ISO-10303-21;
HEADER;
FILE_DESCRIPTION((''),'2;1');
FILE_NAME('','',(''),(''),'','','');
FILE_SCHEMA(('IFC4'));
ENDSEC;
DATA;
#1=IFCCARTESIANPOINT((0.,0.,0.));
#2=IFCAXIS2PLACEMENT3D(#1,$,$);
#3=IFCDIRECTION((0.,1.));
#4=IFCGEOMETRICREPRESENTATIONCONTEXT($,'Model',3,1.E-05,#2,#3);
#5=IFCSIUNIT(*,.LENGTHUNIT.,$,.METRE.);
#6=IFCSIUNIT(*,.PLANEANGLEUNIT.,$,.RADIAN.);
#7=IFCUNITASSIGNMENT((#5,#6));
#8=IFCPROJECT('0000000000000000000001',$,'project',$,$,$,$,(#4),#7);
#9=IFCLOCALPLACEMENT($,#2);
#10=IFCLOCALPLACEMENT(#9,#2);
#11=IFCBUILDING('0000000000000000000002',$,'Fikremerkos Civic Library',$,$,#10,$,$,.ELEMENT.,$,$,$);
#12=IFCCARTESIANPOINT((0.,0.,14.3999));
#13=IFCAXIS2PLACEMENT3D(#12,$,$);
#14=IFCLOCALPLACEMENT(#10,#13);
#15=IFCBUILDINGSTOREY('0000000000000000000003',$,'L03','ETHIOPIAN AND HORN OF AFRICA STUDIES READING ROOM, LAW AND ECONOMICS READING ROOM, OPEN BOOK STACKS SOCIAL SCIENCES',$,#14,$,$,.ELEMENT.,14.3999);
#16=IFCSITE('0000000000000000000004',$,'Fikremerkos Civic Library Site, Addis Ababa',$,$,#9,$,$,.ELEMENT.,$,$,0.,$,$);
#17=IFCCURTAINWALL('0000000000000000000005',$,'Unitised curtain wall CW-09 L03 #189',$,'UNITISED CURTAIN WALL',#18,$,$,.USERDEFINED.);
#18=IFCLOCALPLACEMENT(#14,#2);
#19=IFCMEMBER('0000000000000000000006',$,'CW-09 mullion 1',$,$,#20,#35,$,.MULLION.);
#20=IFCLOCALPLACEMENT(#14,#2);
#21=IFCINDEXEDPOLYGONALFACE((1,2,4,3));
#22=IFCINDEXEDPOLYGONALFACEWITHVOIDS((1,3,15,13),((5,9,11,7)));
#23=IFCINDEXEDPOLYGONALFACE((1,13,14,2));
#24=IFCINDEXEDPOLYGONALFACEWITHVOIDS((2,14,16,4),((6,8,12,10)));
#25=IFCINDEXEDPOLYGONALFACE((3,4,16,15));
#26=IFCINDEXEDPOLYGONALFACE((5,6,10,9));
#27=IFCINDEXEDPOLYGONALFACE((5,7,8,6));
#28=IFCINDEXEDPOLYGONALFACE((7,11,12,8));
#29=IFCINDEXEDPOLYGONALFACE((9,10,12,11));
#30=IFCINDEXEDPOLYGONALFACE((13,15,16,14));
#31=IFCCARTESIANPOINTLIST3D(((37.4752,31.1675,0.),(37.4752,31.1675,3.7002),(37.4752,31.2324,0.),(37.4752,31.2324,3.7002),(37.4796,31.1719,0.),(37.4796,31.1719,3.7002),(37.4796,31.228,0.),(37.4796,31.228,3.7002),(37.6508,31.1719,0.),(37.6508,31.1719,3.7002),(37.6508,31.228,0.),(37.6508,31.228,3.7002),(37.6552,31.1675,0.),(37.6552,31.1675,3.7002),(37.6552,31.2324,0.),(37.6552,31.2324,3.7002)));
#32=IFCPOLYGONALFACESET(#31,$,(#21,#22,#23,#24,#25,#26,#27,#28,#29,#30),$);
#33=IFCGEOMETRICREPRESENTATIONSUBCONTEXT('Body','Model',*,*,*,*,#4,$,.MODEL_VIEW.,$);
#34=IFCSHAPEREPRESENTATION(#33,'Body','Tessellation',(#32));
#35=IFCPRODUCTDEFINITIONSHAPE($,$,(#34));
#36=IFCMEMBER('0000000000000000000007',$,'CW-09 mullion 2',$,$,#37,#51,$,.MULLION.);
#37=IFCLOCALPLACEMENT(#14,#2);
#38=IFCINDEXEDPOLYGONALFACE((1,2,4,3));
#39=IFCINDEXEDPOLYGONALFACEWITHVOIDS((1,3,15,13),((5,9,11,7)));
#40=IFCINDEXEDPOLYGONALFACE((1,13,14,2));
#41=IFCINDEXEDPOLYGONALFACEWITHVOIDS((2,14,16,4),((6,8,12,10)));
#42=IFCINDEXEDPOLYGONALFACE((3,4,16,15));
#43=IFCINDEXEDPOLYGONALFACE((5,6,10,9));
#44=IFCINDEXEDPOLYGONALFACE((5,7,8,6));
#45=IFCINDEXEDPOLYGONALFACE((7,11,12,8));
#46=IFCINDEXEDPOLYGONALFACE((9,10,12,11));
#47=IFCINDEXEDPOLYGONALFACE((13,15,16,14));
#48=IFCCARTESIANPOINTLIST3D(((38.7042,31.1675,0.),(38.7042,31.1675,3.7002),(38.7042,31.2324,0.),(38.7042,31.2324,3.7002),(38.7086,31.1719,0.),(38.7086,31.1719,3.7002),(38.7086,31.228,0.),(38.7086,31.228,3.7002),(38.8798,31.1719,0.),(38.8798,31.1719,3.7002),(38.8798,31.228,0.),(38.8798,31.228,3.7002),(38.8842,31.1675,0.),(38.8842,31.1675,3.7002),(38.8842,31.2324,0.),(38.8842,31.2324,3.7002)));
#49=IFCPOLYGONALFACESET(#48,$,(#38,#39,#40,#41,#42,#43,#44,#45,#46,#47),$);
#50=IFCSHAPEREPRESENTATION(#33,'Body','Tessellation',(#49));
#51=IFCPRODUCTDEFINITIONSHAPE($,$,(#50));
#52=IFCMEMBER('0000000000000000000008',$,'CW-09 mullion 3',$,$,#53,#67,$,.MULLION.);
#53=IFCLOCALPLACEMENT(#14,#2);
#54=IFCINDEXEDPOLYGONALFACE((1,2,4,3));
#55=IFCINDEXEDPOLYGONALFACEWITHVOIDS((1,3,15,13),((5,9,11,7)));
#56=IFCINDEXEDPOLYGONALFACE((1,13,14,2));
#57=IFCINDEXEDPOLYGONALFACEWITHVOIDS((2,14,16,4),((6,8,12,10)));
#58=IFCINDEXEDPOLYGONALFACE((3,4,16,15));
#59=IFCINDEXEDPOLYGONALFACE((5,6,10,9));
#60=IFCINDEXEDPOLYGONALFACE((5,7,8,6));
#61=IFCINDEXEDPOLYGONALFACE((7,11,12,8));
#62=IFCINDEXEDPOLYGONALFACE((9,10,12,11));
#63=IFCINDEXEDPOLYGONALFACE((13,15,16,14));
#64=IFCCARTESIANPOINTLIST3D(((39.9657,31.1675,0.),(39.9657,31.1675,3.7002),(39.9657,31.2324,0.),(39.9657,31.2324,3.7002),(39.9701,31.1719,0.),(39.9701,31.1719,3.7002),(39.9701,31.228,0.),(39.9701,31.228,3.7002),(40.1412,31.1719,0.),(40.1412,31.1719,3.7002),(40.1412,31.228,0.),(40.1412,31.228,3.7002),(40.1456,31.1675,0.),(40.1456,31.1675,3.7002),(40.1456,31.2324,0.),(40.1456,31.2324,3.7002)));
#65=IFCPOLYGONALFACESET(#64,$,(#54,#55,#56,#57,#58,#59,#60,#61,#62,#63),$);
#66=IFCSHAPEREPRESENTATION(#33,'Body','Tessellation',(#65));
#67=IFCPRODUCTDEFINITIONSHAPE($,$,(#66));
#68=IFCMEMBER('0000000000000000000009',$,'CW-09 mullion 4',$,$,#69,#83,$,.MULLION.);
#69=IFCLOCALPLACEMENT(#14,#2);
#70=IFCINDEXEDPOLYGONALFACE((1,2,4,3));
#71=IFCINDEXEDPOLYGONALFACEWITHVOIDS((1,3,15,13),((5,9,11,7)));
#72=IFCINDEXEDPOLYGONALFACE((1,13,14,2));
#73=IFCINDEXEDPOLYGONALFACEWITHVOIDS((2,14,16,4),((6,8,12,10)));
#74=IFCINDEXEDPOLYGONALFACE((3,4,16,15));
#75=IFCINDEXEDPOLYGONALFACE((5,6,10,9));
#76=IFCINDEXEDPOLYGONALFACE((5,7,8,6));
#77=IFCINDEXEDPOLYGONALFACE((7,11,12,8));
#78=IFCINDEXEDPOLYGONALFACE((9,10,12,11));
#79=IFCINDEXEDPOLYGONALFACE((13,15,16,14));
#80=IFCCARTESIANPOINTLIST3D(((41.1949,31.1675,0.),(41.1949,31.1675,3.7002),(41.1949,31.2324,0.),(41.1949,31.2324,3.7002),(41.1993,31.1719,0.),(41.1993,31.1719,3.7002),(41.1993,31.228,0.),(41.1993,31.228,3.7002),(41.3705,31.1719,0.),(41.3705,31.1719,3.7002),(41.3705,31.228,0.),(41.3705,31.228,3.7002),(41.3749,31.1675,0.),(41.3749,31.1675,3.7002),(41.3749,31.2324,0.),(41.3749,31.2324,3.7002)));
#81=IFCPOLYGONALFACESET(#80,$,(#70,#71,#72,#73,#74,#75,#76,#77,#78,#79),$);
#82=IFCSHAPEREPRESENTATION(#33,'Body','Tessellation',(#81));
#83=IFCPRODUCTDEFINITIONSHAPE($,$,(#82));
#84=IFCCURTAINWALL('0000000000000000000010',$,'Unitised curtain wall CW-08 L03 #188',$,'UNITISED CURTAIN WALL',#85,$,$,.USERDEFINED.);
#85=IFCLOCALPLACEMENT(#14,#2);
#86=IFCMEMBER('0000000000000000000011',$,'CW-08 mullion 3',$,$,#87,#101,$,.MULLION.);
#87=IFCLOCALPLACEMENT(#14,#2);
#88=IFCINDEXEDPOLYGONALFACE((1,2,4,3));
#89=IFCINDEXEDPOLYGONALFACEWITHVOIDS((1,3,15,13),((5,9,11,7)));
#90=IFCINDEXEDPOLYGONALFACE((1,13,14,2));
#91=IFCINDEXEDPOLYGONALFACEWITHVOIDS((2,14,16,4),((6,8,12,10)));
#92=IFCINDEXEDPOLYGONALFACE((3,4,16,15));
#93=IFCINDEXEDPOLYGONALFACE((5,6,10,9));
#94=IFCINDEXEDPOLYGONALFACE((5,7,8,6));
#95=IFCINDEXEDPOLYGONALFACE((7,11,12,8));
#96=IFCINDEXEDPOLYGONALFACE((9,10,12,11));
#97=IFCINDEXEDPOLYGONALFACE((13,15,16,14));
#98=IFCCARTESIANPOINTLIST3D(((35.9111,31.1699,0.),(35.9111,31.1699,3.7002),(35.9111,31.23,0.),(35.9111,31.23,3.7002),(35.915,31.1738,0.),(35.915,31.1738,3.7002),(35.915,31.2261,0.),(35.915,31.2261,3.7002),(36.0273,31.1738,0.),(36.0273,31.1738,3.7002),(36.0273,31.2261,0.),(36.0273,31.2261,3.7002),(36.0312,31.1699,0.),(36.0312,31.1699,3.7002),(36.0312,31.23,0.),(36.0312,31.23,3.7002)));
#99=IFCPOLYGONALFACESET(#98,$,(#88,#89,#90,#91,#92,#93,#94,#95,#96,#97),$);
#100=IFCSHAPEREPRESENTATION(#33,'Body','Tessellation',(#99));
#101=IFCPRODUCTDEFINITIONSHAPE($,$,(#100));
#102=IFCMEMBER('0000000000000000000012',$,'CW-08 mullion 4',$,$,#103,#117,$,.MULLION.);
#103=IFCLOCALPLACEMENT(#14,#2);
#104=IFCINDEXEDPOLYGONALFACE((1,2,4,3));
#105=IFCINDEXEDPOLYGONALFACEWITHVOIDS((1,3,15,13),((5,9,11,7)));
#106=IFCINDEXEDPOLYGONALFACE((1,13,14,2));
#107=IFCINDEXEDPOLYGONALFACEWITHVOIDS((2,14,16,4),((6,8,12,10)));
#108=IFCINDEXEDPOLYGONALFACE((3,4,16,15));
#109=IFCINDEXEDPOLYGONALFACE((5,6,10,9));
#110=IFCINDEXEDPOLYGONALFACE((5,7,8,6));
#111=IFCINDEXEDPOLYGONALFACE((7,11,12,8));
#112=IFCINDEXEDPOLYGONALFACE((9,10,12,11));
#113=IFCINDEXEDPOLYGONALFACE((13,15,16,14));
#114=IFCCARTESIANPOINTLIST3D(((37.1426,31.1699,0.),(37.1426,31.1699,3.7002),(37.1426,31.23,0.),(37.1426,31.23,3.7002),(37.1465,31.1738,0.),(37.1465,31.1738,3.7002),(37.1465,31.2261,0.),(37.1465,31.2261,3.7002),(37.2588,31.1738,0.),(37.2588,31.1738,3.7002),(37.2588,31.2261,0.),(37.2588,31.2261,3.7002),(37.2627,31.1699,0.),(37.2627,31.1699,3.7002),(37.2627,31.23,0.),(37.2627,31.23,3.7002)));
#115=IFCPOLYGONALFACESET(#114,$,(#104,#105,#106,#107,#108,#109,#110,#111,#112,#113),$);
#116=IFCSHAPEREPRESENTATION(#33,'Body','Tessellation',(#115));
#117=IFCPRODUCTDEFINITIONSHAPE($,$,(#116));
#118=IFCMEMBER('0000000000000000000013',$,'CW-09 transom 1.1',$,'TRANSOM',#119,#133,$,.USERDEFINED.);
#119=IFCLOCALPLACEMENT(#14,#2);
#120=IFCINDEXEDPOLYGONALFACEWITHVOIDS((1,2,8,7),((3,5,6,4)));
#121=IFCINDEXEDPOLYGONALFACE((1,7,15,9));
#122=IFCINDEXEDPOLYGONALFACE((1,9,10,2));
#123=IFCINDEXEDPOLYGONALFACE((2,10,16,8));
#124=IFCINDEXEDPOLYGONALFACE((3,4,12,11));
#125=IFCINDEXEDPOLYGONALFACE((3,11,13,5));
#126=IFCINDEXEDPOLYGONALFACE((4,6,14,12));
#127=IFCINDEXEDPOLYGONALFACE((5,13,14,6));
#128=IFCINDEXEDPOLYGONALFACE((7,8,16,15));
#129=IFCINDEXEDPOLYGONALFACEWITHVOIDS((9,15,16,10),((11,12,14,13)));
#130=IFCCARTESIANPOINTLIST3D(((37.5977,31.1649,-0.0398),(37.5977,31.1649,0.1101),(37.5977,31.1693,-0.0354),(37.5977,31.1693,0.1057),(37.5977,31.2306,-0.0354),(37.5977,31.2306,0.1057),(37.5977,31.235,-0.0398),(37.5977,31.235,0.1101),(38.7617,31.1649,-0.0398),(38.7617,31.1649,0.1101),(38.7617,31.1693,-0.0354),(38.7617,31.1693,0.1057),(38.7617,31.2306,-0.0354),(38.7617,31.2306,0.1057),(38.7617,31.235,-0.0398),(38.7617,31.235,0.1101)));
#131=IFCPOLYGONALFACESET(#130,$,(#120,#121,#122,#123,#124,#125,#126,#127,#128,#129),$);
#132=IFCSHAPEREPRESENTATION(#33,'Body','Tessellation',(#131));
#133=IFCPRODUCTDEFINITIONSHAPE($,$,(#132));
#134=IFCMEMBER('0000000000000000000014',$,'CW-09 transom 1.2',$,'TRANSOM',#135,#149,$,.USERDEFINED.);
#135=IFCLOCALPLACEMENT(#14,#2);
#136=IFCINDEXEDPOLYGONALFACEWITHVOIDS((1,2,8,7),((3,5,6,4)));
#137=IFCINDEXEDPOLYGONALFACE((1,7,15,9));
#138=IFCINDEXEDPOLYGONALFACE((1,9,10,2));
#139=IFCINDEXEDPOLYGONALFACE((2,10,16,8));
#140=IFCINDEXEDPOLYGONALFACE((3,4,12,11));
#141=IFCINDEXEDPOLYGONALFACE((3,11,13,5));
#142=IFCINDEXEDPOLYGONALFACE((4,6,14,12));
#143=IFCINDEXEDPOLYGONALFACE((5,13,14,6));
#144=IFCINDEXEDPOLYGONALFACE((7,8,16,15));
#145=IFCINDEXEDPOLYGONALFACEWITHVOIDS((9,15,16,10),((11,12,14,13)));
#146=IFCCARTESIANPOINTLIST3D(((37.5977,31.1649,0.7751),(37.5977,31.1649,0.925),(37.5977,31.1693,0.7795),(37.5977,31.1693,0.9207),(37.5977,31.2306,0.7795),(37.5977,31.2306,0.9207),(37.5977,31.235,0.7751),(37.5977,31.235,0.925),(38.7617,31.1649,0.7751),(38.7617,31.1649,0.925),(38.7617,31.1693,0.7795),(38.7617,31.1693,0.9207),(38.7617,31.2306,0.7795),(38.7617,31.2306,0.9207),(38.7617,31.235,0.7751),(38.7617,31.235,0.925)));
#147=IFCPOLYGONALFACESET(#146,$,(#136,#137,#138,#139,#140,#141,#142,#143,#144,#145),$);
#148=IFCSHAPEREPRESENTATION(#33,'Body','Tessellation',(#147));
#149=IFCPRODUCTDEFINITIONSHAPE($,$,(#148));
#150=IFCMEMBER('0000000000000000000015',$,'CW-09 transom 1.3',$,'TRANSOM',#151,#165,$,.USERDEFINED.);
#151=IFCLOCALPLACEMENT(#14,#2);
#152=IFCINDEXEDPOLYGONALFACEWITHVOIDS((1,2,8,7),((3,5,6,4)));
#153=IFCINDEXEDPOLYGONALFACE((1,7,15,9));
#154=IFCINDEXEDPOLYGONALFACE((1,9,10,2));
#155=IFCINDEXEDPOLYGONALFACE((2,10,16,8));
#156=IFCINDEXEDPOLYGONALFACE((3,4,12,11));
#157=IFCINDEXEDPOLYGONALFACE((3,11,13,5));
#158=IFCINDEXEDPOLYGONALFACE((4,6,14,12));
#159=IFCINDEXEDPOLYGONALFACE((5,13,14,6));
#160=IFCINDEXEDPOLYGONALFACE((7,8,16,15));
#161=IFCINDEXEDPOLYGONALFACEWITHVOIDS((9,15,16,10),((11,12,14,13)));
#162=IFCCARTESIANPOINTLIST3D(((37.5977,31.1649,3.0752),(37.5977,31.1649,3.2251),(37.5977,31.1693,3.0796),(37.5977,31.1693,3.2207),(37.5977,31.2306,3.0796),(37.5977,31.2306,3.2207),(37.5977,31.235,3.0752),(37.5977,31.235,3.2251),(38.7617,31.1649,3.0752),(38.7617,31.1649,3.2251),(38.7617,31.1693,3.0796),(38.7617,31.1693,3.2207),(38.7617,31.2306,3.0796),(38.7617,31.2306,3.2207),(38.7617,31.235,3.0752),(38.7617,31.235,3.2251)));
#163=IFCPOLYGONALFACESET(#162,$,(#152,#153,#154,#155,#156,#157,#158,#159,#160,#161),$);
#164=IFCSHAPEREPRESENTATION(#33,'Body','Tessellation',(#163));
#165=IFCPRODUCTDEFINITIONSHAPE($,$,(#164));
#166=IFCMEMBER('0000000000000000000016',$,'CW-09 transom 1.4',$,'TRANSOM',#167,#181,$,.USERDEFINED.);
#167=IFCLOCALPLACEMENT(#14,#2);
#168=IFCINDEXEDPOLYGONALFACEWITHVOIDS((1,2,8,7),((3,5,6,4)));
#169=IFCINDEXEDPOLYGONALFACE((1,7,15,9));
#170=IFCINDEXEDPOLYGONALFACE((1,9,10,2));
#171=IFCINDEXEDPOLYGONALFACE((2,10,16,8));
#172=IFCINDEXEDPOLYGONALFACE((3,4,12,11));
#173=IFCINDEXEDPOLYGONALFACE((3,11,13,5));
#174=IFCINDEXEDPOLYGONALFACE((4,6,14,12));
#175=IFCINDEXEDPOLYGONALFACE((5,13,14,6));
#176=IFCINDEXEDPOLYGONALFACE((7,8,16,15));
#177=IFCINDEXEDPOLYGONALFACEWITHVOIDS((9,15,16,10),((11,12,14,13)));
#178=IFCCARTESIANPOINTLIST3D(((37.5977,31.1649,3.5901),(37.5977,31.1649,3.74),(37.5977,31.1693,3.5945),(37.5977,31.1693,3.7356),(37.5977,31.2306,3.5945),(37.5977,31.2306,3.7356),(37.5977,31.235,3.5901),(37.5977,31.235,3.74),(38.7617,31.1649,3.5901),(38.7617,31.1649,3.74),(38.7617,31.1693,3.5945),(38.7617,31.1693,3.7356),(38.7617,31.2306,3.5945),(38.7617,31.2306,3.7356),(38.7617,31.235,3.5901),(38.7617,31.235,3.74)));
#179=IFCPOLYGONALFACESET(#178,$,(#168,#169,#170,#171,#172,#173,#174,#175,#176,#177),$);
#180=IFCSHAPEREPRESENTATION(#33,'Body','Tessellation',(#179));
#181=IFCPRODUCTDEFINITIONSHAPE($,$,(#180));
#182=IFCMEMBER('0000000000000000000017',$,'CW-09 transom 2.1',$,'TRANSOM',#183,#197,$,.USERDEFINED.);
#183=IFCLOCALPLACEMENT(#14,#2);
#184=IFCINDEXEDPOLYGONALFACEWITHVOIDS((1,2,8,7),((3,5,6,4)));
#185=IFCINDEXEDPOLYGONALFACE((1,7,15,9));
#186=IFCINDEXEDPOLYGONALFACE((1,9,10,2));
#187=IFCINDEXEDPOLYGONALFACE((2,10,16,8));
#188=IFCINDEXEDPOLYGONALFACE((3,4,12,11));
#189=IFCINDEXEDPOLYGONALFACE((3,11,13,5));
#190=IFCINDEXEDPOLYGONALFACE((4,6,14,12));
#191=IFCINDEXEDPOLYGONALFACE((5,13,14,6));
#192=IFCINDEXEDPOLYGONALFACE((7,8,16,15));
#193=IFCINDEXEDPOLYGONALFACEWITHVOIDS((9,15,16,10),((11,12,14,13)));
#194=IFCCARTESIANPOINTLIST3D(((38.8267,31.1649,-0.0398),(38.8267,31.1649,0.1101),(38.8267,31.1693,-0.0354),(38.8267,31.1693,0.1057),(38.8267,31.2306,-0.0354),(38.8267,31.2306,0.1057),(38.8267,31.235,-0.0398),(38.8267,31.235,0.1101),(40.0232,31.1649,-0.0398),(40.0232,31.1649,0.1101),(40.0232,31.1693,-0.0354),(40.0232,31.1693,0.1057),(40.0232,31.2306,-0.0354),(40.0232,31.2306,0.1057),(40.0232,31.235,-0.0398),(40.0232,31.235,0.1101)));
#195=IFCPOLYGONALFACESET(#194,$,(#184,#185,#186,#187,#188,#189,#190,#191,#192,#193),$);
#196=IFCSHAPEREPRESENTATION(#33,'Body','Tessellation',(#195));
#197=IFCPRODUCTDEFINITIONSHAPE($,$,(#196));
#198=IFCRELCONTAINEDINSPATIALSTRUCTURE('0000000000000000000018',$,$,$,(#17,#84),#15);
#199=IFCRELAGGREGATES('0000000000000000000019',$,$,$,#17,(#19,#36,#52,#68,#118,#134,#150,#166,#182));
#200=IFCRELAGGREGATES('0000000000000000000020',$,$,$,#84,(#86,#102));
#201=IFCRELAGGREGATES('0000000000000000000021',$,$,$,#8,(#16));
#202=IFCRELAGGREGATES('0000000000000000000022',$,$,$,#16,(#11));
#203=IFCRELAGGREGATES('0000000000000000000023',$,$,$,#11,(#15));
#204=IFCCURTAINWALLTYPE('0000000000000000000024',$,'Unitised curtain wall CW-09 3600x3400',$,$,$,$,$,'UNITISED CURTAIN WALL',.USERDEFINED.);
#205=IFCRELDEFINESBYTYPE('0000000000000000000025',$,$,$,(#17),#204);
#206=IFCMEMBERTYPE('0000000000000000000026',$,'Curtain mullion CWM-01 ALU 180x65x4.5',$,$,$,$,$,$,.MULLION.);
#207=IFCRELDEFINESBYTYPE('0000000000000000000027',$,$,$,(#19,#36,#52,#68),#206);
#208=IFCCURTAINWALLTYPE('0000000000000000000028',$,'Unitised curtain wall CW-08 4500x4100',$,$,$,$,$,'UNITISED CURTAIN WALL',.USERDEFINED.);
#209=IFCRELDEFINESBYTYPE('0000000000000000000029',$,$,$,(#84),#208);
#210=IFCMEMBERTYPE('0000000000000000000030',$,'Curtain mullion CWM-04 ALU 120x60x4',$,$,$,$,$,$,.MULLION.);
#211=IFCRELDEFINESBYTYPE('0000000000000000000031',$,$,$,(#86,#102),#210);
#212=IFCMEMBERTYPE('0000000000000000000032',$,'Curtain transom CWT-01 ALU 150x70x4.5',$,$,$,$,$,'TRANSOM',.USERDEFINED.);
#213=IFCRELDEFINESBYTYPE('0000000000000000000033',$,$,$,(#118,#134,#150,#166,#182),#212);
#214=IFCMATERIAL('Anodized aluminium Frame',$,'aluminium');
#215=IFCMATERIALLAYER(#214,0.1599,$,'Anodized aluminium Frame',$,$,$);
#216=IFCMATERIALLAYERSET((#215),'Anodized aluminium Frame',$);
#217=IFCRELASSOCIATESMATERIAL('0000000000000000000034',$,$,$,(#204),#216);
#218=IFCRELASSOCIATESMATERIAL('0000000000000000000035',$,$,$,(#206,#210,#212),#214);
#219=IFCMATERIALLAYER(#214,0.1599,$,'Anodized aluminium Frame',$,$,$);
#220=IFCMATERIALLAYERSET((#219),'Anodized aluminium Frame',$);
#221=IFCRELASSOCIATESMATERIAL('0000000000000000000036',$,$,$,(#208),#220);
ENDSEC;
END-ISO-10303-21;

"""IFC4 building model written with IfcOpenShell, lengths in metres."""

from ifc_helpers import new_model, si_unit, direction, frame, origin, origin_2d, place, context, subcontext, project, spatial, hollow_rectangle, extrude, material, layer, layer_set, material_profile, profile_set, type_object, element, aggregate, save


model = new_model("IFC4")

# Units and contexts
model_context = context("Model", 3, precision=1e-05, world=origin(), true_north=direction((0.0, 1.0)))
body_context = subcontext(model_context, "Body", "Model", "MODEL_VIEW")
ifc_project = project(units=[si_unit("LENGTHUNIT", "METRE"), si_unit("PLANEANGLEUNIT", "RADIAN")], contexts=[model_context])

# Site, building, storey
site_placement = place(None, origin())
site = spatial("IfcSite", under=ifc_project, at=site_placement, Name="Fikremerkos Civic Library Site, Addis Ababa", CompositionType="ELEMENT", RefElevation=0.0)
building_placement = place(site_placement, origin())
building = spatial("IfcBuilding", under=site, at=building_placement, Name="Fikremerkos Civic Library", CompositionType="ELEMENT")
storey_placement = place(building_placement, frame((0.0, 0.0, 14.3999)))
storey = spatial("IfcBuildingStorey", under=building, at=storey_placement, Name="L03", Description="ETHIOPIAN AND HORN OF AFRICA STUDIES READING ROOM, LAW AND ECONOMICS READING ROOM, OPEN BOOK STACKS SOCIAL SCIENCES", CompositionType="ELEMENT", Elevation=14.3999)

# Curtain walls, members
ifc_material_1 = material(Name="Anodized aluminium Frame", Category="aluminium")
ifc_layer_1 = layer(ifc_material_1, 0.1599, Name="Anodized aluminium Frame")
ifc_layer_set_1 = layer_set([ifc_layer_1], Name="Anodized aluminium Frame")
curtain_wall_type_1 = type_object("IfcCurtainWallType", Name="Unitised curtain wall CW-09 3600x3400", ElementType="UNITISED CURTAIN WALL", PredefinedType="USERDEFINED", material=ifc_layer_set_1)
curtain_wall_1_placement = place(storey_placement, origin())
curtain_wall_1 = element("IfcCurtainWall", 1, at=curtain_wall_1_placement, inside=storey, type_object=curtain_wall_type_1, Name="Unitised curtain wall CW-09 L03 #189", ObjectType="UNITISED CURTAIN WALL", PredefinedType="USERDEFINED")
ifc_material_profile_1 = material_profile(ifc_material_1, hollow_rectangle(XDim=0.0649, YDim=0.1799, WallThickness=0.0044, at=origin_2d()), Name="ALU 180x65x4.5")
ifc_profile_set_1 = profile_set([ifc_material_profile_1], Name="Anodized aluminium Frame")
member_type_1 = type_object("IfcMemberType", Name="Curtain mullion CWM-01 ALU 180x65x4.5", PredefinedType="MULLION", material=ifc_profile_set_1)
member_1_placement = place(storey_placement, frame((37.5652, 31.2, 0.0), z_axis=(0.0, 0.0, 1.0), x_axis=(0.0, 1.0, 0.0)))
member_1 = element("IfcMember", 2, at=member_1_placement, type_object=member_type_1, Name="CW-09 mullion 1", PredefinedType="MULLION", context=body_context, shape_type="SweptSolid", body=[
    extrude(hollow_rectangle(XDim=0.0649, YDim=0.1799, WallThickness=0.0044, at=origin_2d()), origin(), (0.0, 0.0, 1.0), 3.7002),
])
member_2_placement = place(storey_placement, frame((38.7942, 31.2, 0.0), z_axis=(0.0, 0.0, 1.0), x_axis=(0.0, 1.0, 0.0)))
member_2 = element("IfcMember", 3, at=member_2_placement, type_object=member_type_1, Name="CW-09 mullion 2", PredefinedType="MULLION", context=body_context, shape_type="SweptSolid", body=[
    extrude(hollow_rectangle(XDim=0.0649, YDim=0.1799, WallThickness=0.0044, at=origin_2d()), origin(), (0.0, 0.0, 1.0), 3.7002),
])
member_3_placement = place(storey_placement, frame((40.0557, 31.2, 0.0), z_axis=(0.0, 0.0, 1.0), x_axis=(0.0, 1.0, 0.0)))
member_3 = element("IfcMember", 4, at=member_3_placement, type_object=member_type_1, Name="CW-09 mullion 3", PredefinedType="MULLION", context=body_context, shape_type="SweptSolid", body=[
    extrude(hollow_rectangle(XDim=0.0649, YDim=0.1799, WallThickness=0.0044, at=origin_2d()), origin(), (0.0, 0.0, 1.0), 3.7002),
])
member_4_placement = place(storey_placement, frame((41.2849, 31.2, 0.0), z_axis=(0.0, 0.0, 1.0), x_axis=(0.0, 1.0, 0.0)))
member_4 = element("IfcMember", 5, at=member_4_placement, type_object=member_type_1, Name="CW-09 mullion 4", PredefinedType="MULLION", context=body_context, shape_type="SweptSolid", body=[
    extrude(hollow_rectangle(XDim=0.0649, YDim=0.1799, WallThickness=0.0044, at=origin_2d()), origin(), (0.0, 0.0, 1.0), 3.7002),
])
ifc_layer_2 = layer(ifc_material_1, 0.1599, Name="Anodized aluminium Frame")
ifc_layer_set_2 = layer_set([ifc_layer_2], Name="Anodized aluminium Frame")
curtain_wall_type_2 = type_object("IfcCurtainWallType", Name="Unitised curtain wall CW-08 4500x4100", ElementType="UNITISED CURTAIN WALL", PredefinedType="USERDEFINED", material=ifc_layer_set_2)
curtain_wall_2_placement = place(storey_placement, origin())
curtain_wall_2 = element("IfcCurtainWall", 6, at=curtain_wall_2_placement, inside=storey, type_object=curtain_wall_type_2, Name="Unitised curtain wall CW-08 L03 #188", ObjectType="UNITISED CURTAIN WALL", PredefinedType="USERDEFINED")
ifc_material_profile_2 = material_profile(ifc_material_1, hollow_rectangle(XDim=0.0601, YDim=0.1201, WallThickness=0.0039, at=origin_2d()), Name="ALU 120x60x4")
ifc_profile_set_2 = profile_set([ifc_material_profile_2], Name="Anodized aluminium Frame")
member_type_2 = type_object("IfcMemberType", Name="Curtain mullion CWM-04 ALU 120x60x4", PredefinedType="MULLION", material=ifc_profile_set_2)
member_5_placement = place(storey_placement, frame((35.9712, 31.2, 0.0), z_axis=(0.0, 0.0, 1.0), x_axis=(0.0, 1.0, 0.0)))
member_5 = element("IfcMember", 7, at=member_5_placement, type_object=member_type_2, Name="CW-08 mullion 3", PredefinedType="MULLION", context=body_context, shape_type="SweptSolid", body=[
    extrude(hollow_rectangle(XDim=0.0601, YDim=0.1201, WallThickness=0.0039, at=origin_2d()), origin(), (0.0, 0.0, 1.0), 3.7002),
])
member_6_placement = place(storey_placement, frame((37.2026, 31.2, 0.0), z_axis=(0.0, 0.0, 1.0), x_axis=(0.0, 1.0, 0.0)))
member_6 = element("IfcMember", 8, at=member_6_placement, type_object=member_type_2, Name="CW-08 mullion 4", PredefinedType="MULLION", context=body_context, shape_type="SweptSolid", body=[
    extrude(hollow_rectangle(XDim=0.0601, YDim=0.1201, WallThickness=0.0039, at=origin_2d()), origin(), (0.0, 0.0, 1.0), 3.7002),
])

# Members
ifc_material_profile_3 = material_profile(ifc_material_1, hollow_rectangle(XDim=0.0701, YDim=0.1499, WallThickness=0.0044, at=origin_2d()), Name="ALU 150x70x4.5")
ifc_profile_set_3 = profile_set([ifc_material_profile_3], Name="Anodized aluminium Frame")
member_type_3 = type_object("IfcMemberType", Name="Curtain transom CWT-01 ALU 150x70x4.5", ElementType="TRANSOM", PredefinedType="USERDEFINED", material=ifc_profile_set_3)
member_7_placement = place(storey_placement, frame((37.5977, 31.2, 0.0352), z_axis=(1.0, 0.0, 0.0), x_axis=(0.0, 1.0, 0.0)))
member_7 = element("IfcMember", 9, at=member_7_placement, type_object=member_type_3, Name="CW-09 transom 1.1", ObjectType="TRANSOM", PredefinedType="USERDEFINED", context=body_context, shape_type="SweptSolid", body=[
    extrude(hollow_rectangle(XDim=0.0701, YDim=0.1499, WallThickness=0.0044, at=origin_2d()), origin(), (0.0, 0.0, 1.0), 1.1641),
])
member_8_placement = place(storey_placement, frame((37.5977, 31.2, 0.8501), z_axis=(1.0, 0.0, 0.0), x_axis=(0.0, 1.0, 0.0)))
member_8 = element("IfcMember", 10, at=member_8_placement, type_object=member_type_3, Name="CW-09 transom 1.2", ObjectType="TRANSOM", PredefinedType="USERDEFINED", context=body_context, shape_type="SweptSolid", body=[
    extrude(hollow_rectangle(XDim=0.0701, YDim=0.1499, WallThickness=0.0044, at=origin_2d()), origin(), (0.0, 0.0, 1.0), 1.1641),
])
member_9_placement = place(storey_placement, frame((37.5977, 31.2, 3.1501), z_axis=(1.0, 0.0, 0.0), x_axis=(0.0, 1.0, 0.0)))
member_9 = element("IfcMember", 11, at=member_9_placement, type_object=member_type_3, Name="CW-09 transom 1.3", ObjectType="TRANSOM", PredefinedType="USERDEFINED", context=body_context, shape_type="SweptSolid", body=[
    extrude(hollow_rectangle(XDim=0.0701, YDim=0.1499, WallThickness=0.0044, at=origin_2d()), origin(), (0.0, 0.0, 1.0), 1.1641),
])
member_10_placement = place(storey_placement, frame((37.5977, 31.2, 3.665), z_axis=(1.0, 0.0, 0.0), x_axis=(0.0, 1.0, 0.0)))
member_10 = element("IfcMember", 12, at=member_10_placement, type_object=member_type_3, Name="CW-09 transom 1.4", ObjectType="TRANSOM", PredefinedType="USERDEFINED", context=body_context, shape_type="SweptSolid", body=[
    extrude(hollow_rectangle(XDim=0.0701, YDim=0.1499, WallThickness=0.0044, at=origin_2d()), origin(), (0.0, 0.0, 1.0), 1.1641),
])
member_11_placement = place(storey_placement, frame((38.8267, 31.2, 0.0352), z_axis=(1.0, 0.0, 0.0), x_axis=(0.0, 1.0, 0.0)))
member_11 = element("IfcMember", 13, at=member_11_placement, type_object=member_type_3, Name="CW-09 transom 2.1", ObjectType="TRANSOM", PredefinedType="USERDEFINED", context=body_context, shape_type="SweptSolid", body=[
    extrude(hollow_rectangle(XDim=0.0701, YDim=0.1499, WallThickness=0.0044, at=origin_2d()), origin(), (0.0, 0.0, 1.0), 1.1965),
])

aggregate(curtain_wall_1, [member_1, member_2, member_3, member_4, member_7, member_8, member_9, member_10, member_11])
aggregate(curtain_wall_2, [member_5, member_6])

save(model, "model.ifc")
